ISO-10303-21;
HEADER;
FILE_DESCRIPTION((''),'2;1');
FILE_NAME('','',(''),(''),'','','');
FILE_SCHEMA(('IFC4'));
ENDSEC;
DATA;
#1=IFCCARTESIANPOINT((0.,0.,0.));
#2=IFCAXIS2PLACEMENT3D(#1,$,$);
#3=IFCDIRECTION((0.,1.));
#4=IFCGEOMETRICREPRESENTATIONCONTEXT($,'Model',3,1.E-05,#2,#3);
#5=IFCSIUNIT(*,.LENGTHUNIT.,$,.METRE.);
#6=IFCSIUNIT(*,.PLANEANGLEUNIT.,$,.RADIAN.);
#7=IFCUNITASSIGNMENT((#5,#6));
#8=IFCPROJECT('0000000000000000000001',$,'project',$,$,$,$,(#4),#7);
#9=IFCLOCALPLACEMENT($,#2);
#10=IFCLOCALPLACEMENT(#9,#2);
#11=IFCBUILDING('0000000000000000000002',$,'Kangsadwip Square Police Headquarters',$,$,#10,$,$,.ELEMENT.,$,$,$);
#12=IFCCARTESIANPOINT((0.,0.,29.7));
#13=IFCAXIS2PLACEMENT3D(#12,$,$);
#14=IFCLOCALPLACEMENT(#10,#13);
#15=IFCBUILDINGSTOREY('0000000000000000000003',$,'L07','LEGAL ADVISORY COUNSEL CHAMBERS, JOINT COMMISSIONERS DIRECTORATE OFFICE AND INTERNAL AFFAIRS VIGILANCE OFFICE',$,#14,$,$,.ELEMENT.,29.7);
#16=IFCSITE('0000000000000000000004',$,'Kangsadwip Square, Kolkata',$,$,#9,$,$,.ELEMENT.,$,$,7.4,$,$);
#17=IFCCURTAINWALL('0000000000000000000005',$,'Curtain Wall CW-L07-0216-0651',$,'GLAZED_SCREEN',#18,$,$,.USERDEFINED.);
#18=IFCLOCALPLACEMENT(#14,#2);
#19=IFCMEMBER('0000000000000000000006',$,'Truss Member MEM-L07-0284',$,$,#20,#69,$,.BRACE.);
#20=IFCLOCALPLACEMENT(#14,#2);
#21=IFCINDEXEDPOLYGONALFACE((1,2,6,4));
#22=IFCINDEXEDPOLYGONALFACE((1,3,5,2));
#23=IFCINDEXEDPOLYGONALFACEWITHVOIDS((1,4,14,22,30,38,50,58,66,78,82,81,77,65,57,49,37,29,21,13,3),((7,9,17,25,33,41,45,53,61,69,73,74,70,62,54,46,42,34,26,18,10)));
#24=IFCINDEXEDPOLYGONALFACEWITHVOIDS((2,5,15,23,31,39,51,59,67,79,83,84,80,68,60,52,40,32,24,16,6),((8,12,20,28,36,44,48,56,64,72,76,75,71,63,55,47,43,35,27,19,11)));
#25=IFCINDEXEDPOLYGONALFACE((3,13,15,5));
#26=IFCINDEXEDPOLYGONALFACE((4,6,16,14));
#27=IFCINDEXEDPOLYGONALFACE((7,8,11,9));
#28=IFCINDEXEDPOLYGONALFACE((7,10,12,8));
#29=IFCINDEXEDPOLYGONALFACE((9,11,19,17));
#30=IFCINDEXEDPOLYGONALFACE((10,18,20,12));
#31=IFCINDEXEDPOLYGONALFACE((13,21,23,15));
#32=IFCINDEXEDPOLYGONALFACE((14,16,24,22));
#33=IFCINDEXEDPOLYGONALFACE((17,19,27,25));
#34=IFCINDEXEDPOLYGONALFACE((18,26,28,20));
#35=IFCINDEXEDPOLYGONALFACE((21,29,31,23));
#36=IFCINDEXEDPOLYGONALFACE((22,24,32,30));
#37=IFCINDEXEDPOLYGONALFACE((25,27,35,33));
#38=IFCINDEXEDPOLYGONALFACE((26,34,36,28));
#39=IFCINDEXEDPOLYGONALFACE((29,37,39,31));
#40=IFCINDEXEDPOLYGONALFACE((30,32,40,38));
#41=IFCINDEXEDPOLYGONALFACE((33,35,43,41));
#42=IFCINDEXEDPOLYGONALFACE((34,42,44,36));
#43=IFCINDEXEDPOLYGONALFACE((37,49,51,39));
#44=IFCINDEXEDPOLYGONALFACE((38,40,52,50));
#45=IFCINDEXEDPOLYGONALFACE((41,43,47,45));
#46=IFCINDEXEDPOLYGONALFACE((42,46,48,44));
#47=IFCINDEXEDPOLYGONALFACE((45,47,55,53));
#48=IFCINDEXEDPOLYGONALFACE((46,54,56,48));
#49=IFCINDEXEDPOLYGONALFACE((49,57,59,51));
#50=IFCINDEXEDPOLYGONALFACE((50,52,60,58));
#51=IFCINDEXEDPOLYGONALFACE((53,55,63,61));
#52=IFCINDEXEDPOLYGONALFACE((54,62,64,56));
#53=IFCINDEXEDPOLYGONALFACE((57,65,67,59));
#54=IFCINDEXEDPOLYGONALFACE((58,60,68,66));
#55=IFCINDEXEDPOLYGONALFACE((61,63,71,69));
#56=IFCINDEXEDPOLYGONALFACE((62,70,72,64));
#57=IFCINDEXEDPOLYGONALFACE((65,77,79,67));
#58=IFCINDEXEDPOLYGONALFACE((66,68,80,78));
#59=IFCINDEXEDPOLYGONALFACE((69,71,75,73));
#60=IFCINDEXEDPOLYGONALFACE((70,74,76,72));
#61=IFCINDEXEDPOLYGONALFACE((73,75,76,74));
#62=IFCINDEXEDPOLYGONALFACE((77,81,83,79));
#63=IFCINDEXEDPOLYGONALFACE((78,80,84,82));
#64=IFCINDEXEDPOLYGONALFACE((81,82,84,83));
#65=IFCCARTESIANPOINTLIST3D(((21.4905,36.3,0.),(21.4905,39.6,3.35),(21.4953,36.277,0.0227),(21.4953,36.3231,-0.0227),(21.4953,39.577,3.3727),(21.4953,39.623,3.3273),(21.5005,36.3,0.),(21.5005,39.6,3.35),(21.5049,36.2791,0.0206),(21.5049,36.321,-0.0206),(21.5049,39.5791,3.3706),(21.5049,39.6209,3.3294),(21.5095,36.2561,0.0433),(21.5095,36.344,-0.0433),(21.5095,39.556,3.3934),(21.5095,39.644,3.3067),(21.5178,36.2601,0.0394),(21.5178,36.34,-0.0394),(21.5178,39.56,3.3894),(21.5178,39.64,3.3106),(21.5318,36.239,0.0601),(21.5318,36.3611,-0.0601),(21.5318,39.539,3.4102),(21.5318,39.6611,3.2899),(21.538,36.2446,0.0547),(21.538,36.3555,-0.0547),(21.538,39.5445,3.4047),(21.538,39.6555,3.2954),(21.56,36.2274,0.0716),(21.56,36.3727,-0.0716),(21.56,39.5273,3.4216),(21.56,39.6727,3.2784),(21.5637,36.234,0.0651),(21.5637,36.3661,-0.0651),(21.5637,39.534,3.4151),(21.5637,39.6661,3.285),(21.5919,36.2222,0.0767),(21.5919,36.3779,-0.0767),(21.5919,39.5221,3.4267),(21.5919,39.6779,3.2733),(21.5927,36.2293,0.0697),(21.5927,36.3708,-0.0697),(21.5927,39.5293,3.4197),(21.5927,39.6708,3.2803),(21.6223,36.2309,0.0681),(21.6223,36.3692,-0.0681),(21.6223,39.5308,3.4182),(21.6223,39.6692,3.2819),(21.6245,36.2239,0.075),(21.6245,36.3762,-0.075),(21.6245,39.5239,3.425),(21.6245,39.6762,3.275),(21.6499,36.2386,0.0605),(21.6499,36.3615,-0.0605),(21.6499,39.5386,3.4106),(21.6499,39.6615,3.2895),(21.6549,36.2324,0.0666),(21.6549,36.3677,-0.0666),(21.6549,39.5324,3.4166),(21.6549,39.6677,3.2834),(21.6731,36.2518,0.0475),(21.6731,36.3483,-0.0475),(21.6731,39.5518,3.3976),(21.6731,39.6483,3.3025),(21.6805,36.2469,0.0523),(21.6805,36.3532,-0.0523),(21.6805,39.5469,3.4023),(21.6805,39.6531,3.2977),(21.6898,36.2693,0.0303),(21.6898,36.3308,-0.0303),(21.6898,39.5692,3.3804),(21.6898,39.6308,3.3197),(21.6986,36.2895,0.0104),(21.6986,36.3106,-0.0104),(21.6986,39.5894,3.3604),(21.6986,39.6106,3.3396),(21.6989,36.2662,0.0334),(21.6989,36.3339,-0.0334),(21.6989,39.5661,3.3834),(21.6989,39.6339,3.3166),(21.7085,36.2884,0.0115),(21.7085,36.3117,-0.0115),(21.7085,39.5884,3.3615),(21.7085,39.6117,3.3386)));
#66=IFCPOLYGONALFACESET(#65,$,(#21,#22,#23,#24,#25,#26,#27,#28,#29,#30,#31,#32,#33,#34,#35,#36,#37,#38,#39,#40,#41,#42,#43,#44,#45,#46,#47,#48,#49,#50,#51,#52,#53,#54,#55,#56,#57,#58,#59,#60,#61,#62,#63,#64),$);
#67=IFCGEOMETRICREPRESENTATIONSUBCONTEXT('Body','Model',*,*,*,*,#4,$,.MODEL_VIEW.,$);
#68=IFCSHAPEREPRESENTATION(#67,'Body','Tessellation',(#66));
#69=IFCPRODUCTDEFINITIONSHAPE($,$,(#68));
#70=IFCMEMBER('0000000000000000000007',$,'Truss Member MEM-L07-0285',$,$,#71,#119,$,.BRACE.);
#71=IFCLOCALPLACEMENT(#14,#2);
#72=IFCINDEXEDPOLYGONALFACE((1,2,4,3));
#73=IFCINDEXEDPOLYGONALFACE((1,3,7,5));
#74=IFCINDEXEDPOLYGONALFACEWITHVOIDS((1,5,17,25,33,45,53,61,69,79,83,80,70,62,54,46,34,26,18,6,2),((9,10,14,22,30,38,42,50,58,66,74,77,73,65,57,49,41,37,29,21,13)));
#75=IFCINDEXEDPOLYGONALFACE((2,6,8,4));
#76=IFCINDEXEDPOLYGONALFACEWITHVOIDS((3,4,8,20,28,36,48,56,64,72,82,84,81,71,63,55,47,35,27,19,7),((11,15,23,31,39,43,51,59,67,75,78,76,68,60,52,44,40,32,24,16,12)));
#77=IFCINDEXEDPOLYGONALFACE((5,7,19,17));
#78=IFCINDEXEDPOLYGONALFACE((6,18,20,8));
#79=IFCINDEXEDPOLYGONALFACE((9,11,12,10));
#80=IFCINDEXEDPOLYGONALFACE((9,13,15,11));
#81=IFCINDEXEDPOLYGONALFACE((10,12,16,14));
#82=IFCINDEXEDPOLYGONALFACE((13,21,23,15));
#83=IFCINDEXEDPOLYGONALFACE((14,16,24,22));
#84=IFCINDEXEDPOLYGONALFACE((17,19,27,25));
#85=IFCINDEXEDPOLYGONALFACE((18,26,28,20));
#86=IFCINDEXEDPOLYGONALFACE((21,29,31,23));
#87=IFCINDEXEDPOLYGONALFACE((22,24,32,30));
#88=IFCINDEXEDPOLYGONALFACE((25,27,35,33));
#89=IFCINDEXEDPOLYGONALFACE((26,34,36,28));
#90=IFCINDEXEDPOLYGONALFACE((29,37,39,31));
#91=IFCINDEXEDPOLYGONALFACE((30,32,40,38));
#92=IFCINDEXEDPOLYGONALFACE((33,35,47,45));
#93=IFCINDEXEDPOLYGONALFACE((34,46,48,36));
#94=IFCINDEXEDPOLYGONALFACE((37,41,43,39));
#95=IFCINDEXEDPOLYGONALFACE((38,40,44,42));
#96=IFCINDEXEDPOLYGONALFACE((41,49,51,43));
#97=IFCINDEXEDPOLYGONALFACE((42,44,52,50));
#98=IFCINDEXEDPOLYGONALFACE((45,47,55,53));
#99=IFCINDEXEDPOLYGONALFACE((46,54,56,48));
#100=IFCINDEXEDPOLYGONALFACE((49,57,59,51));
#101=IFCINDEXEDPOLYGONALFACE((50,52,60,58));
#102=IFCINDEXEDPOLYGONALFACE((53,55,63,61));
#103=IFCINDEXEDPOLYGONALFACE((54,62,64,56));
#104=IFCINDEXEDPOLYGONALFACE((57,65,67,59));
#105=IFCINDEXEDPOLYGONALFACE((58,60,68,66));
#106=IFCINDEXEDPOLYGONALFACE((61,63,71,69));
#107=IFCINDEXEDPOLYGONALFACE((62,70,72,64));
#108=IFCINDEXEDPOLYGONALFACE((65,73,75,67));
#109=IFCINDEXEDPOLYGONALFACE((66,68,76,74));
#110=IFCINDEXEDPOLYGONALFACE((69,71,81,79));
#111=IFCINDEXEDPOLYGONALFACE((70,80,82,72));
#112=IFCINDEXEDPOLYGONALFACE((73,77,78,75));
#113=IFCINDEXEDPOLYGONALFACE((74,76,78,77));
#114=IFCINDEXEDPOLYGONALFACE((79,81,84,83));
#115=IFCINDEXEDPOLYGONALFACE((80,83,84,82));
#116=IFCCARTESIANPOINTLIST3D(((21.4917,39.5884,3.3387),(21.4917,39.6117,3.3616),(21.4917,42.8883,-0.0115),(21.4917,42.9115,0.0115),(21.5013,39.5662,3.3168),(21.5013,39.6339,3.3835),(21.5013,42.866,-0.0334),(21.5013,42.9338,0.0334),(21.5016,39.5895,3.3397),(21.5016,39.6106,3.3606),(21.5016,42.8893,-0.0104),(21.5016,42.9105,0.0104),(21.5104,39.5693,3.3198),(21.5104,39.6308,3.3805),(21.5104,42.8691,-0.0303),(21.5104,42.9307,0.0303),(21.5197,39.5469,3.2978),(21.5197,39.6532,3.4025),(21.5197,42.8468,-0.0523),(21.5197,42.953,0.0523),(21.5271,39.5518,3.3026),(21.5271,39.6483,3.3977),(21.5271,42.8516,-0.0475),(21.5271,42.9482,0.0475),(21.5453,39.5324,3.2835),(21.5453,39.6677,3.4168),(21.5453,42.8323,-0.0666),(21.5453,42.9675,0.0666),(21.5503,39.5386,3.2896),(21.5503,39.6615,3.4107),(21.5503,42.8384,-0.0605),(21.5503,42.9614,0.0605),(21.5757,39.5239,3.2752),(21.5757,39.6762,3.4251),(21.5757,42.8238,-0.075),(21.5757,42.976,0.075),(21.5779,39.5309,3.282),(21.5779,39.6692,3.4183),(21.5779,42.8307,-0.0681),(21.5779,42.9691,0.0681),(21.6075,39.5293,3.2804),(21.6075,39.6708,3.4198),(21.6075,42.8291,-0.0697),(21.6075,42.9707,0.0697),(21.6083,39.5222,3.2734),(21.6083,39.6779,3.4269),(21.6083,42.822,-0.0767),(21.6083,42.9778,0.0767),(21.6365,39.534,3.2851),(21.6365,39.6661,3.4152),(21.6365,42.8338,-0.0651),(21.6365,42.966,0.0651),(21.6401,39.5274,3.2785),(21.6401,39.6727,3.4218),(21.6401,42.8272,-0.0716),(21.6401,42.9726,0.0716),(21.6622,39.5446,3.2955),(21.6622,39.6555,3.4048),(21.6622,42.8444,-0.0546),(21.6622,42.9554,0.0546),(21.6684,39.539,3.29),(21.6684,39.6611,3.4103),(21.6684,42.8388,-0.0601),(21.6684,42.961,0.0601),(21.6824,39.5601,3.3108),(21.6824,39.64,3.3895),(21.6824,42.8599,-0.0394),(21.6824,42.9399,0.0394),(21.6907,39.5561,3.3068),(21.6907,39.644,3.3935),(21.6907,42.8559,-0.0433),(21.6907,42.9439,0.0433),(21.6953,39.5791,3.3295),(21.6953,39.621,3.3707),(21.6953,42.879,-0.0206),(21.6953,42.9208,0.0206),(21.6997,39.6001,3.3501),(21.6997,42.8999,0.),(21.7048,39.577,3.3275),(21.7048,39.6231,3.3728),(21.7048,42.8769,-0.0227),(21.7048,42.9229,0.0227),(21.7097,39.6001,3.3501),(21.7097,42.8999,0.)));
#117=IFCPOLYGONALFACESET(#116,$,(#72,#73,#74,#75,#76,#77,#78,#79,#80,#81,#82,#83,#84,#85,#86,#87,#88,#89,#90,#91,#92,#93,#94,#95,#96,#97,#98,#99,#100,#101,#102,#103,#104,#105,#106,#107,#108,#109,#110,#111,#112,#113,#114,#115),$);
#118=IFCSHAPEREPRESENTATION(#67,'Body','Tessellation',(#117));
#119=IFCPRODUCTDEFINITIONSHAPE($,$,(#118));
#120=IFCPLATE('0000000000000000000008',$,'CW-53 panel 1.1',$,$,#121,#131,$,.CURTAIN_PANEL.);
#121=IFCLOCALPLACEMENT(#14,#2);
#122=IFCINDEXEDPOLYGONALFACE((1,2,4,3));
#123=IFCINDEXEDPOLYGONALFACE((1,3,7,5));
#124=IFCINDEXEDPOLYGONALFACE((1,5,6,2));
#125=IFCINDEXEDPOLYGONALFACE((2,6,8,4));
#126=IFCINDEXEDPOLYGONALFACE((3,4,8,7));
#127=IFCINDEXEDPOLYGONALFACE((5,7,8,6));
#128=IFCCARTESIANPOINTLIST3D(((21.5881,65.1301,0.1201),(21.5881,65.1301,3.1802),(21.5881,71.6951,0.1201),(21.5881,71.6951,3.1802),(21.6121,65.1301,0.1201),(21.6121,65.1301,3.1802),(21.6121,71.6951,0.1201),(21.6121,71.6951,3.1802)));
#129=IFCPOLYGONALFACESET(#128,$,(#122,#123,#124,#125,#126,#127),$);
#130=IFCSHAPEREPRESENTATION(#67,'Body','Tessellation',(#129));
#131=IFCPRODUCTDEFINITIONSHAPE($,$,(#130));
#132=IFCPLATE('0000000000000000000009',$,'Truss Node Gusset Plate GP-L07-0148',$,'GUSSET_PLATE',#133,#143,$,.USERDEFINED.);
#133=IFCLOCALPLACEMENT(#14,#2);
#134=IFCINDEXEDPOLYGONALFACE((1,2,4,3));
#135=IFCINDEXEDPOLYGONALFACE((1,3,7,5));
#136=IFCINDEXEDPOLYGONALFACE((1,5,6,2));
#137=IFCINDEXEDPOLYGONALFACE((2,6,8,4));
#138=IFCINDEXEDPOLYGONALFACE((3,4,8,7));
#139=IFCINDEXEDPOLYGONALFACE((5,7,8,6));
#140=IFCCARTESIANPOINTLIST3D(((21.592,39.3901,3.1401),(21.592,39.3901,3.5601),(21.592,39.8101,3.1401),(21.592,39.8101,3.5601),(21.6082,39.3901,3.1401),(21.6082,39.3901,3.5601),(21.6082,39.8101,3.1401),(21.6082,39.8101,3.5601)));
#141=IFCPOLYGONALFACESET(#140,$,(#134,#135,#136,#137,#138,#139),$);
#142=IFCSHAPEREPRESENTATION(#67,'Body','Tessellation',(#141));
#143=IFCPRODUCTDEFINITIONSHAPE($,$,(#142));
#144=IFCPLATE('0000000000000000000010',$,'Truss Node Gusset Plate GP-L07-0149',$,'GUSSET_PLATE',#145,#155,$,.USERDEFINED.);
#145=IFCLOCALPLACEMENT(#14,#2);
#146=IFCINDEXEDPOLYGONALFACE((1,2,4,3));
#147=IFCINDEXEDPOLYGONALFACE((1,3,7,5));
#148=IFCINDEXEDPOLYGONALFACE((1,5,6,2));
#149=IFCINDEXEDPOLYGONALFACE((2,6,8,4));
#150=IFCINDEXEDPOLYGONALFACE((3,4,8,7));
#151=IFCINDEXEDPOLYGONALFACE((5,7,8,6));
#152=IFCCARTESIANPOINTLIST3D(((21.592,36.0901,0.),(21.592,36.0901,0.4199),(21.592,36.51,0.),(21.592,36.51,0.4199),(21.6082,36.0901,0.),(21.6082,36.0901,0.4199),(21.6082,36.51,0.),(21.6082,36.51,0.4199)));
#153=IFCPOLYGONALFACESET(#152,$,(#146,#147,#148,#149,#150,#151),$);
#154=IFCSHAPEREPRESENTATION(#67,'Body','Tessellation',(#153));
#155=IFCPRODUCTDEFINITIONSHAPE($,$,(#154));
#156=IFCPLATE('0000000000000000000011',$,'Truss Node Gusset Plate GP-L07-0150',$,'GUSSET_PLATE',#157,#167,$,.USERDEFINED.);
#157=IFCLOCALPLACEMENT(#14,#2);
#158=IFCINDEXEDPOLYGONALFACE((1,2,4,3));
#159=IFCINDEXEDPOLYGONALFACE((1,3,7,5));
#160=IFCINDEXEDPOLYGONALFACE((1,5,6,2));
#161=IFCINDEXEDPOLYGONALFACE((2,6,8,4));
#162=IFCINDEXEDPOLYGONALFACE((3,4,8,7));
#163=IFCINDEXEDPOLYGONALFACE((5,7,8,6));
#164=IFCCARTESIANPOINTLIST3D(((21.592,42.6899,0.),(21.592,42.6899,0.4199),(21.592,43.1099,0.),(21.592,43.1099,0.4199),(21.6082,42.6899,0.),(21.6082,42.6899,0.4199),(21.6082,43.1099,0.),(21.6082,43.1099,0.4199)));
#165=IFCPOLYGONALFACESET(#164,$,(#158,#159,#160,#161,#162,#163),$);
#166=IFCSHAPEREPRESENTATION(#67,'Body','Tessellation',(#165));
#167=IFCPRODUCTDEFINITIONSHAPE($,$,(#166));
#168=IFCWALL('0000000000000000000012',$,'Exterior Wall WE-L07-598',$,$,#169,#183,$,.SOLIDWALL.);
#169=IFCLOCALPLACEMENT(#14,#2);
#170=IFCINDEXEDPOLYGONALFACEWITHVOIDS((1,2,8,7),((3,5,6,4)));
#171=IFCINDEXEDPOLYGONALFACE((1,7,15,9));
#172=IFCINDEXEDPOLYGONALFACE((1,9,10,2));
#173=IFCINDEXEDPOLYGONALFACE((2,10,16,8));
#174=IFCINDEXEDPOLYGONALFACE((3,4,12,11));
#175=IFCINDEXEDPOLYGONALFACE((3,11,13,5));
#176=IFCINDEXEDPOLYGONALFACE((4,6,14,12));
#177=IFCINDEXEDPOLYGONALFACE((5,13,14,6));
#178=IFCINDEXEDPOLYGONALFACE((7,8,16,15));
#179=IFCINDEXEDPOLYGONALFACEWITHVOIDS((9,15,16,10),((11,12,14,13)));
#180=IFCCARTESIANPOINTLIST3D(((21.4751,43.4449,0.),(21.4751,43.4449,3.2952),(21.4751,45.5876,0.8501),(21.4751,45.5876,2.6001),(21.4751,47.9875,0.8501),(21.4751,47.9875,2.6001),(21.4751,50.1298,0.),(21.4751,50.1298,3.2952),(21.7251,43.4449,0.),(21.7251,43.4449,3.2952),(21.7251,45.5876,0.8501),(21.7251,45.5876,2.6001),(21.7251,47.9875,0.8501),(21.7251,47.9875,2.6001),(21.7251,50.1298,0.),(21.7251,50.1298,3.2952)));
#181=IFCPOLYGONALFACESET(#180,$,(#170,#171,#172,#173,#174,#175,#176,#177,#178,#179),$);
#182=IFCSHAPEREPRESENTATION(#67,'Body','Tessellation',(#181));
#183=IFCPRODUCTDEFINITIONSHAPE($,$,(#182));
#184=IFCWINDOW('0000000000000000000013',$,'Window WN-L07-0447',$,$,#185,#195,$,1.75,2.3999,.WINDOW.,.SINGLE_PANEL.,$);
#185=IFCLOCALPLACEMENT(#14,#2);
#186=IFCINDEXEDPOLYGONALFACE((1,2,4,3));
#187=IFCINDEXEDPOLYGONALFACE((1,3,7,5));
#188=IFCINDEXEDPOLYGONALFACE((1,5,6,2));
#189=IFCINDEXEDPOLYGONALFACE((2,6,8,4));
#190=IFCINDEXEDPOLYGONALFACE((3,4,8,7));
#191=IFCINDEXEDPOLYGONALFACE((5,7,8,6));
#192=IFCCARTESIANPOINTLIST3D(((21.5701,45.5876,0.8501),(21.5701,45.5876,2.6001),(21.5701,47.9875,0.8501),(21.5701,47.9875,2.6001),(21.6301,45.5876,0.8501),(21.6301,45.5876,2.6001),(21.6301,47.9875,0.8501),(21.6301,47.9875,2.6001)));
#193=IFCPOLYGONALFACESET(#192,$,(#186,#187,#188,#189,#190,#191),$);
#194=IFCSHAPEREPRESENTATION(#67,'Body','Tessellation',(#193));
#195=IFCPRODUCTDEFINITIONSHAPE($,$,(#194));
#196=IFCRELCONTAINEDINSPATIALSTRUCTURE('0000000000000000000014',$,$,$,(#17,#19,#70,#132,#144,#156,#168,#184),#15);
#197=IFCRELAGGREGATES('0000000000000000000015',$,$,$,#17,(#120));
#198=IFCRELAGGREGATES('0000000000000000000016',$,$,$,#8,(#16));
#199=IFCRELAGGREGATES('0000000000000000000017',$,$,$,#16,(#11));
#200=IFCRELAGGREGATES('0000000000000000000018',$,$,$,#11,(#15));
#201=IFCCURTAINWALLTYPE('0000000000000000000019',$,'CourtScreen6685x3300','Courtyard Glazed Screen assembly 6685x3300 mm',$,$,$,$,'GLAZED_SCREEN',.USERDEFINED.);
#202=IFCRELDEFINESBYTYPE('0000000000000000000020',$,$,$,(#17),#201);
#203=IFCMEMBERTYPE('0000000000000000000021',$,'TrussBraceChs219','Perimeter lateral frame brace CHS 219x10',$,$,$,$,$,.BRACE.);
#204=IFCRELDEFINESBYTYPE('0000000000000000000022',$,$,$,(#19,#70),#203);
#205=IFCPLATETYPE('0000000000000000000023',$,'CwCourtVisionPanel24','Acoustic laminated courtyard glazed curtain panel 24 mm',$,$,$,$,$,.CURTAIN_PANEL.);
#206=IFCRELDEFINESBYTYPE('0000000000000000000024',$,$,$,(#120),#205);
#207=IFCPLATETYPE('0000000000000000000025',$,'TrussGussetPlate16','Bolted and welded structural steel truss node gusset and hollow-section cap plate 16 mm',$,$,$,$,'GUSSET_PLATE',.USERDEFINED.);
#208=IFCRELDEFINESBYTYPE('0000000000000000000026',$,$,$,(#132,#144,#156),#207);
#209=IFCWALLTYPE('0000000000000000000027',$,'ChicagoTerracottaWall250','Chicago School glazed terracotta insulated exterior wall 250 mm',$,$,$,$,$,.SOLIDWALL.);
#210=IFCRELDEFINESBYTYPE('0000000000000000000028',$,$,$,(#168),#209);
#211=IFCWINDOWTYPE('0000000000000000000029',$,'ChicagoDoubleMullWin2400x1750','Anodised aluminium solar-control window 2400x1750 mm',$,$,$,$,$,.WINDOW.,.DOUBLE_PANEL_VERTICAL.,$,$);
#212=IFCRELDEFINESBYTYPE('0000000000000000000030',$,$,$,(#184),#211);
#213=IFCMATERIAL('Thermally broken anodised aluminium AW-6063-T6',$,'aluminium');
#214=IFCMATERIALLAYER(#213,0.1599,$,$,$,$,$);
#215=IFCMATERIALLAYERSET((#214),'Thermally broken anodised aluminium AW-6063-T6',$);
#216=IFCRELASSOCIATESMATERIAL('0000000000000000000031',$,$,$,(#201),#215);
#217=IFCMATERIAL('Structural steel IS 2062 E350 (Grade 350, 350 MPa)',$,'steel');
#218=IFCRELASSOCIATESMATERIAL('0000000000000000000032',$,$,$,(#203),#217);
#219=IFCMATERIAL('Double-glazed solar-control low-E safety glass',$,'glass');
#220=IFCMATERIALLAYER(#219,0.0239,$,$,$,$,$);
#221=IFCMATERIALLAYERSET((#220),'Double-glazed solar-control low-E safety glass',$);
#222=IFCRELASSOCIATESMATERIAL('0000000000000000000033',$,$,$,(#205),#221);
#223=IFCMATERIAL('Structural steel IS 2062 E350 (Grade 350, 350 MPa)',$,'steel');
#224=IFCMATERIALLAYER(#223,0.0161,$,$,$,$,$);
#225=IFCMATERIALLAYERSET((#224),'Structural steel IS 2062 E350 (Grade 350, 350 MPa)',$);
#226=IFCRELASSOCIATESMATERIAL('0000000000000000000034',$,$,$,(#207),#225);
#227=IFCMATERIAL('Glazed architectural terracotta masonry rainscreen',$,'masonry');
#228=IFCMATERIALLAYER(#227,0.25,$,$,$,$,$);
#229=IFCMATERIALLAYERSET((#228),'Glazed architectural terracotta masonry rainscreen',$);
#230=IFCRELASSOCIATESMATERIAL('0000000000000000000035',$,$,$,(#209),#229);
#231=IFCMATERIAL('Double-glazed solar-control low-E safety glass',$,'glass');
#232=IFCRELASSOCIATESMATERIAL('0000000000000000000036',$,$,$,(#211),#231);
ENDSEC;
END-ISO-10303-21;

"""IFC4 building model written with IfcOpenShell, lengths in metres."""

from ifc_helpers import new_model, si_unit, direction, frame, frame_2d, origin, origin_2d, place, context, subcontext, project, spatial, rectangle, hollow_circle, extrude, material, layer, layer_set, material_profile, profile_set, type_object, element, fill, aggregate, save


model = new_model("IFC4")

# Units and contexts
model_context = context("Model", 3, precision=1e-05, world=origin(), true_north=direction((0.0, 1.0)))
body_context = subcontext(model_context, "Body", "Model", "MODEL_VIEW")
ifc_project = project(units=[si_unit("LENGTHUNIT", "METRE"), si_unit("PLANEANGLEUNIT", "RADIAN")], contexts=[model_context])

# Site, building, storey
site_placement = place(None, origin())
site = spatial("IfcSite", under=ifc_project, at=site_placement, Name="Kangsadwip Square, Kolkata", CompositionType="ELEMENT", RefElevation=7.4)
building_placement = place(site_placement, origin())
building = spatial("IfcBuilding", under=site, at=building_placement, Name="Kangsadwip Square Police Headquarters", CompositionType="ELEMENT")
storey_placement = place(building_placement, frame((0.0, 0.0, 29.7)))
storey = spatial("IfcBuildingStorey", under=building, at=storey_placement, Name="L07", Description="LEGAL ADVISORY COUNSEL CHAMBERS, JOINT COMMISSIONERS DIRECTORATE OFFICE AND INTERNAL AFFAIRS VIGILANCE OFFICE", CompositionType="ELEMENT", Elevation=29.7)

# Curtain wall
ifc_material_1 = material(Name="Thermally broken anodised aluminium AW-6063-T6", Category="aluminium")
ifc_layer_1 = layer(ifc_material_1, 0.1599)
ifc_layer_set_1 = layer_set([ifc_layer_1], Name="Thermally broken anodised aluminium AW-6063-T6")
curtain_wall_type = type_object("IfcCurtainWallType", Name="CourtScreen6685x3300", Description="Courtyard Glazed Screen assembly 6685x3300 mm", ElementType="GLAZED_SCREEN", PredefinedType="USERDEFINED", material=ifc_layer_set_1)
curtain_wall_placement = place(storey_placement, origin())
curtain_wall = element("IfcCurtainWall", 1, at=curtain_wall_placement, inside=storey, type_object=curtain_wall_type, Name="Curtain Wall CW-L07-0216-0651", ObjectType="GLAZED_SCREEN", PredefinedType="USERDEFINED")

# Members
ifc_material_2 = material(Name="Structural steel IS 2062 E350 (Grade 350, 350 MPa)", Category="steel")
ifc_material_profile_1 = material_profile(ifc_material_2, hollow_circle(Radius=0.1096, WallThickness=0.01, at=origin_2d()), Name="CHS 219X10")
ifc_profile_set_1 = profile_set([ifc_material_profile_1], Name="Structural steel IS 2062 E350 (Grade 350, 350 MPa)")
member_type_1 = type_object("IfcMemberType", Name="TrussBraceChs219", Description="Perimeter lateral frame brace CHS 219x10", PredefinedType="BRACE", material=ifc_profile_set_1)
for number, where, z_axis, x_axis, name in (
    (2, (21.6001, 36.3, 0.0), (0.0, 0.701765, 0.712408), (-1.0, 0.0, 0.0), "Truss Member MEM-L07-0284"),
    (3, (21.6001, 42.8999, 0.0), (0.0, -0.701739, 0.712434), (1.0, 0.0, 0.0), "Truss Member MEM-L07-0285"),
):
    element("IfcMember", number, at=place(storey_placement, frame(where, z_axis=z_axis, x_axis=x_axis)), inside=storey, type_object=member_type_1, Name=name, PredefinedType="BRACE", context=body_context, shape_type="SweptSolid", body=[
        extrude(hollow_circle(Radius=0.1096, WallThickness=0.01, at=origin_2d()), origin(), (0.0, 0.0, 1.0), 4.7024),
    ])

# Plate
ifc_material_3 = material(Name="Double-glazed solar-control low-E safety glass", Category="glass")
ifc_layer_2 = layer(ifc_material_3, 0.0239)
ifc_layer_set_2 = layer_set([ifc_layer_2], Name="Double-glazed solar-control low-E safety glass")
plate_type_1 = type_object("IfcPlateType", Name="CwCourtVisionPanel24", Description="Acoustic laminated courtyard glazed curtain panel 24 mm", PredefinedType="CURTAIN_PANEL", material=ifc_layer_set_2)
plate_placement = place(storey_placement, frame((21.6001, 68.4126, 0.1201), z_axis=(0.0, 0.0, 1.0), x_axis=(0.0, 1.0, 0.0)))
plate = element("IfcPlate", 4, at=plate_placement, type_object=plate_type_1, Name="CW-53 panel 1.1", PredefinedType="CURTAIN_PANEL", context=body_context, shape_type="SweptSolid", body=[
    extrude(rectangle(XDim=6.5649, YDim=0.0239, at=origin_2d()), origin(), (0.0, 0.0, 1.0), 3.0601),
])
aggregate(curtain_wall, [plate])

# Plates
ifc_material_4 = material(Name="Structural steel IS 2062 E350 (Grade 350, 350 MPa)", Category="steel")
ifc_layer_3 = layer(ifc_material_4, 0.0161)
ifc_layer_set_3 = layer_set([ifc_layer_3], Name="Structural steel IS 2062 E350 (Grade 350, 350 MPa)")
plate_type_2 = type_object("IfcPlateType", Name="TrussGussetPlate16", Description="Bolted and welded structural steel truss node gusset and hollow-section cap plate 16 mm", ElementType="GUSSET_PLATE", PredefinedType="USERDEFINED", material=ifc_layer_set_3)
for number, where, z_axis, x_axis, name in (
    (5, (21.6001, 39.6001, 3.1401), (0.0, 0.0, 1.0), (0.0, 1.0, 0.0), "Truss Node Gusset Plate GP-L07-0148"),
    (6, (21.6001, 36.3, 0.0), (0.0, 0.0, 1.0), (0.0, 1.0, 0.0), "Truss Node Gusset Plate GP-L07-0149"),
    (7, (21.6001, 42.8999, 0.0), (0.0, 0.0, 1.0), (0.0, 1.0, 0.0), "Truss Node Gusset Plate GP-L07-0150"),
):
    element("IfcPlate", number, at=place(storey_placement, frame(where, z_axis=z_axis, x_axis=x_axis)), inside=storey, type_object=plate_type_2, Name=name, ObjectType="GUSSET_PLATE", PredefinedType="USERDEFINED", context=body_context, shape_type="SweptSolid", body=[
        extrude(rectangle(XDim=0.4199, YDim=0.0161, at=origin_2d()), origin(), (0.0, 0.0, 1.0), 0.4199),
    ])

# Wall, opening, window
ifc_material_5 = material(Name="Glazed architectural terracotta masonry rainscreen", Category="masonry")
ifc_layer_4 = layer(ifc_material_5, 0.25)
ifc_layer_set_4 = layer_set([ifc_layer_4], Name="Glazed architectural terracotta masonry rainscreen")
wall_type = type_object("IfcWallType", Name="ChicagoTerracottaWall250", Description="Chicago School glazed terracotta insulated exterior wall 250 mm", PredefinedType="SOLIDWALL", material=ifc_layer_set_4)
wall_1_placement = place(storey_placement, frame((21.6001, 43.4451, 0.0), z_axis=(0.0, 0.0, 1.0), x_axis=(0.0, 1.0, 0.0)))
wall_1 = element("IfcWall", 8, at=wall_1_placement, inside=storey, type_object=wall_type, Name="Exterior Wall WE-L07-598", PredefinedType="SOLIDWALL", context=body_context, shape_type="SweptSolid", body=[
    extrude(rectangle(XDim=6.6848, YDim=0.25, at=frame_2d((3.3423, 0.0))), origin(), (0.0, 0.0, 1.0), 3.2952),
])
opening_1_placement = place(wall_1_placement, frame((2.1426, 0.0, 0.8501)))
opening_1 = element("IfcOpeningElement", 9, at=opening_1_placement, cuts=wall_1, PredefinedType="OPENING", context=body_context, shape_type="SweptSolid", body=[
    extrude(rectangle(XDim=2.3999, YDim=1.75, at=frame_2d((1.2, 0.875))), frame((0.0, 0.135, 0.0), z_axis=(0.0, -1.0, 0.0), x_axis=(1.0, 0.0, 0.0)), (0.0, 0.0, 1.0), 0.27),
])
ifc_material_6 = material(Name="Double-glazed solar-control low-E safety glass", Category="glass")
window_type_1 = type_object("IfcWindowType", Name="ChicagoDoubleMullWin2400x1750", Description="Anodised aluminium solar-control window 2400x1750 mm", PartitioningType="DOUBLE_PANEL_VERTICAL", PredefinedType="WINDOW", material=ifc_material_6)
window_1_placement = place(opening_1_placement, origin())
window_1 = element("IfcWindow", 10, at=window_1_placement, inside=storey, type_object=window_type_1, Name="Window WN-L07-0447", OverallHeight=1.75, OverallWidth=2.3999, PartitioningType="SINGLE_PANEL", PredefinedType="WINDOW", context=body_context, shape_type="SweptSolid", body=[
    extrude(rectangle(XDim=2.3999, YDim=1.75, at=frame_2d((1.2, 0.875))), frame((0.0, 0.03, 0.0), z_axis=(0.0, -1.0, 0.0), x_axis=(1.0, 0.0, 0.0)), (0.0, 0.0, 1.0), 0.0601),
])
fill(opening_1, window_1)

save(model, "model.ifc")
